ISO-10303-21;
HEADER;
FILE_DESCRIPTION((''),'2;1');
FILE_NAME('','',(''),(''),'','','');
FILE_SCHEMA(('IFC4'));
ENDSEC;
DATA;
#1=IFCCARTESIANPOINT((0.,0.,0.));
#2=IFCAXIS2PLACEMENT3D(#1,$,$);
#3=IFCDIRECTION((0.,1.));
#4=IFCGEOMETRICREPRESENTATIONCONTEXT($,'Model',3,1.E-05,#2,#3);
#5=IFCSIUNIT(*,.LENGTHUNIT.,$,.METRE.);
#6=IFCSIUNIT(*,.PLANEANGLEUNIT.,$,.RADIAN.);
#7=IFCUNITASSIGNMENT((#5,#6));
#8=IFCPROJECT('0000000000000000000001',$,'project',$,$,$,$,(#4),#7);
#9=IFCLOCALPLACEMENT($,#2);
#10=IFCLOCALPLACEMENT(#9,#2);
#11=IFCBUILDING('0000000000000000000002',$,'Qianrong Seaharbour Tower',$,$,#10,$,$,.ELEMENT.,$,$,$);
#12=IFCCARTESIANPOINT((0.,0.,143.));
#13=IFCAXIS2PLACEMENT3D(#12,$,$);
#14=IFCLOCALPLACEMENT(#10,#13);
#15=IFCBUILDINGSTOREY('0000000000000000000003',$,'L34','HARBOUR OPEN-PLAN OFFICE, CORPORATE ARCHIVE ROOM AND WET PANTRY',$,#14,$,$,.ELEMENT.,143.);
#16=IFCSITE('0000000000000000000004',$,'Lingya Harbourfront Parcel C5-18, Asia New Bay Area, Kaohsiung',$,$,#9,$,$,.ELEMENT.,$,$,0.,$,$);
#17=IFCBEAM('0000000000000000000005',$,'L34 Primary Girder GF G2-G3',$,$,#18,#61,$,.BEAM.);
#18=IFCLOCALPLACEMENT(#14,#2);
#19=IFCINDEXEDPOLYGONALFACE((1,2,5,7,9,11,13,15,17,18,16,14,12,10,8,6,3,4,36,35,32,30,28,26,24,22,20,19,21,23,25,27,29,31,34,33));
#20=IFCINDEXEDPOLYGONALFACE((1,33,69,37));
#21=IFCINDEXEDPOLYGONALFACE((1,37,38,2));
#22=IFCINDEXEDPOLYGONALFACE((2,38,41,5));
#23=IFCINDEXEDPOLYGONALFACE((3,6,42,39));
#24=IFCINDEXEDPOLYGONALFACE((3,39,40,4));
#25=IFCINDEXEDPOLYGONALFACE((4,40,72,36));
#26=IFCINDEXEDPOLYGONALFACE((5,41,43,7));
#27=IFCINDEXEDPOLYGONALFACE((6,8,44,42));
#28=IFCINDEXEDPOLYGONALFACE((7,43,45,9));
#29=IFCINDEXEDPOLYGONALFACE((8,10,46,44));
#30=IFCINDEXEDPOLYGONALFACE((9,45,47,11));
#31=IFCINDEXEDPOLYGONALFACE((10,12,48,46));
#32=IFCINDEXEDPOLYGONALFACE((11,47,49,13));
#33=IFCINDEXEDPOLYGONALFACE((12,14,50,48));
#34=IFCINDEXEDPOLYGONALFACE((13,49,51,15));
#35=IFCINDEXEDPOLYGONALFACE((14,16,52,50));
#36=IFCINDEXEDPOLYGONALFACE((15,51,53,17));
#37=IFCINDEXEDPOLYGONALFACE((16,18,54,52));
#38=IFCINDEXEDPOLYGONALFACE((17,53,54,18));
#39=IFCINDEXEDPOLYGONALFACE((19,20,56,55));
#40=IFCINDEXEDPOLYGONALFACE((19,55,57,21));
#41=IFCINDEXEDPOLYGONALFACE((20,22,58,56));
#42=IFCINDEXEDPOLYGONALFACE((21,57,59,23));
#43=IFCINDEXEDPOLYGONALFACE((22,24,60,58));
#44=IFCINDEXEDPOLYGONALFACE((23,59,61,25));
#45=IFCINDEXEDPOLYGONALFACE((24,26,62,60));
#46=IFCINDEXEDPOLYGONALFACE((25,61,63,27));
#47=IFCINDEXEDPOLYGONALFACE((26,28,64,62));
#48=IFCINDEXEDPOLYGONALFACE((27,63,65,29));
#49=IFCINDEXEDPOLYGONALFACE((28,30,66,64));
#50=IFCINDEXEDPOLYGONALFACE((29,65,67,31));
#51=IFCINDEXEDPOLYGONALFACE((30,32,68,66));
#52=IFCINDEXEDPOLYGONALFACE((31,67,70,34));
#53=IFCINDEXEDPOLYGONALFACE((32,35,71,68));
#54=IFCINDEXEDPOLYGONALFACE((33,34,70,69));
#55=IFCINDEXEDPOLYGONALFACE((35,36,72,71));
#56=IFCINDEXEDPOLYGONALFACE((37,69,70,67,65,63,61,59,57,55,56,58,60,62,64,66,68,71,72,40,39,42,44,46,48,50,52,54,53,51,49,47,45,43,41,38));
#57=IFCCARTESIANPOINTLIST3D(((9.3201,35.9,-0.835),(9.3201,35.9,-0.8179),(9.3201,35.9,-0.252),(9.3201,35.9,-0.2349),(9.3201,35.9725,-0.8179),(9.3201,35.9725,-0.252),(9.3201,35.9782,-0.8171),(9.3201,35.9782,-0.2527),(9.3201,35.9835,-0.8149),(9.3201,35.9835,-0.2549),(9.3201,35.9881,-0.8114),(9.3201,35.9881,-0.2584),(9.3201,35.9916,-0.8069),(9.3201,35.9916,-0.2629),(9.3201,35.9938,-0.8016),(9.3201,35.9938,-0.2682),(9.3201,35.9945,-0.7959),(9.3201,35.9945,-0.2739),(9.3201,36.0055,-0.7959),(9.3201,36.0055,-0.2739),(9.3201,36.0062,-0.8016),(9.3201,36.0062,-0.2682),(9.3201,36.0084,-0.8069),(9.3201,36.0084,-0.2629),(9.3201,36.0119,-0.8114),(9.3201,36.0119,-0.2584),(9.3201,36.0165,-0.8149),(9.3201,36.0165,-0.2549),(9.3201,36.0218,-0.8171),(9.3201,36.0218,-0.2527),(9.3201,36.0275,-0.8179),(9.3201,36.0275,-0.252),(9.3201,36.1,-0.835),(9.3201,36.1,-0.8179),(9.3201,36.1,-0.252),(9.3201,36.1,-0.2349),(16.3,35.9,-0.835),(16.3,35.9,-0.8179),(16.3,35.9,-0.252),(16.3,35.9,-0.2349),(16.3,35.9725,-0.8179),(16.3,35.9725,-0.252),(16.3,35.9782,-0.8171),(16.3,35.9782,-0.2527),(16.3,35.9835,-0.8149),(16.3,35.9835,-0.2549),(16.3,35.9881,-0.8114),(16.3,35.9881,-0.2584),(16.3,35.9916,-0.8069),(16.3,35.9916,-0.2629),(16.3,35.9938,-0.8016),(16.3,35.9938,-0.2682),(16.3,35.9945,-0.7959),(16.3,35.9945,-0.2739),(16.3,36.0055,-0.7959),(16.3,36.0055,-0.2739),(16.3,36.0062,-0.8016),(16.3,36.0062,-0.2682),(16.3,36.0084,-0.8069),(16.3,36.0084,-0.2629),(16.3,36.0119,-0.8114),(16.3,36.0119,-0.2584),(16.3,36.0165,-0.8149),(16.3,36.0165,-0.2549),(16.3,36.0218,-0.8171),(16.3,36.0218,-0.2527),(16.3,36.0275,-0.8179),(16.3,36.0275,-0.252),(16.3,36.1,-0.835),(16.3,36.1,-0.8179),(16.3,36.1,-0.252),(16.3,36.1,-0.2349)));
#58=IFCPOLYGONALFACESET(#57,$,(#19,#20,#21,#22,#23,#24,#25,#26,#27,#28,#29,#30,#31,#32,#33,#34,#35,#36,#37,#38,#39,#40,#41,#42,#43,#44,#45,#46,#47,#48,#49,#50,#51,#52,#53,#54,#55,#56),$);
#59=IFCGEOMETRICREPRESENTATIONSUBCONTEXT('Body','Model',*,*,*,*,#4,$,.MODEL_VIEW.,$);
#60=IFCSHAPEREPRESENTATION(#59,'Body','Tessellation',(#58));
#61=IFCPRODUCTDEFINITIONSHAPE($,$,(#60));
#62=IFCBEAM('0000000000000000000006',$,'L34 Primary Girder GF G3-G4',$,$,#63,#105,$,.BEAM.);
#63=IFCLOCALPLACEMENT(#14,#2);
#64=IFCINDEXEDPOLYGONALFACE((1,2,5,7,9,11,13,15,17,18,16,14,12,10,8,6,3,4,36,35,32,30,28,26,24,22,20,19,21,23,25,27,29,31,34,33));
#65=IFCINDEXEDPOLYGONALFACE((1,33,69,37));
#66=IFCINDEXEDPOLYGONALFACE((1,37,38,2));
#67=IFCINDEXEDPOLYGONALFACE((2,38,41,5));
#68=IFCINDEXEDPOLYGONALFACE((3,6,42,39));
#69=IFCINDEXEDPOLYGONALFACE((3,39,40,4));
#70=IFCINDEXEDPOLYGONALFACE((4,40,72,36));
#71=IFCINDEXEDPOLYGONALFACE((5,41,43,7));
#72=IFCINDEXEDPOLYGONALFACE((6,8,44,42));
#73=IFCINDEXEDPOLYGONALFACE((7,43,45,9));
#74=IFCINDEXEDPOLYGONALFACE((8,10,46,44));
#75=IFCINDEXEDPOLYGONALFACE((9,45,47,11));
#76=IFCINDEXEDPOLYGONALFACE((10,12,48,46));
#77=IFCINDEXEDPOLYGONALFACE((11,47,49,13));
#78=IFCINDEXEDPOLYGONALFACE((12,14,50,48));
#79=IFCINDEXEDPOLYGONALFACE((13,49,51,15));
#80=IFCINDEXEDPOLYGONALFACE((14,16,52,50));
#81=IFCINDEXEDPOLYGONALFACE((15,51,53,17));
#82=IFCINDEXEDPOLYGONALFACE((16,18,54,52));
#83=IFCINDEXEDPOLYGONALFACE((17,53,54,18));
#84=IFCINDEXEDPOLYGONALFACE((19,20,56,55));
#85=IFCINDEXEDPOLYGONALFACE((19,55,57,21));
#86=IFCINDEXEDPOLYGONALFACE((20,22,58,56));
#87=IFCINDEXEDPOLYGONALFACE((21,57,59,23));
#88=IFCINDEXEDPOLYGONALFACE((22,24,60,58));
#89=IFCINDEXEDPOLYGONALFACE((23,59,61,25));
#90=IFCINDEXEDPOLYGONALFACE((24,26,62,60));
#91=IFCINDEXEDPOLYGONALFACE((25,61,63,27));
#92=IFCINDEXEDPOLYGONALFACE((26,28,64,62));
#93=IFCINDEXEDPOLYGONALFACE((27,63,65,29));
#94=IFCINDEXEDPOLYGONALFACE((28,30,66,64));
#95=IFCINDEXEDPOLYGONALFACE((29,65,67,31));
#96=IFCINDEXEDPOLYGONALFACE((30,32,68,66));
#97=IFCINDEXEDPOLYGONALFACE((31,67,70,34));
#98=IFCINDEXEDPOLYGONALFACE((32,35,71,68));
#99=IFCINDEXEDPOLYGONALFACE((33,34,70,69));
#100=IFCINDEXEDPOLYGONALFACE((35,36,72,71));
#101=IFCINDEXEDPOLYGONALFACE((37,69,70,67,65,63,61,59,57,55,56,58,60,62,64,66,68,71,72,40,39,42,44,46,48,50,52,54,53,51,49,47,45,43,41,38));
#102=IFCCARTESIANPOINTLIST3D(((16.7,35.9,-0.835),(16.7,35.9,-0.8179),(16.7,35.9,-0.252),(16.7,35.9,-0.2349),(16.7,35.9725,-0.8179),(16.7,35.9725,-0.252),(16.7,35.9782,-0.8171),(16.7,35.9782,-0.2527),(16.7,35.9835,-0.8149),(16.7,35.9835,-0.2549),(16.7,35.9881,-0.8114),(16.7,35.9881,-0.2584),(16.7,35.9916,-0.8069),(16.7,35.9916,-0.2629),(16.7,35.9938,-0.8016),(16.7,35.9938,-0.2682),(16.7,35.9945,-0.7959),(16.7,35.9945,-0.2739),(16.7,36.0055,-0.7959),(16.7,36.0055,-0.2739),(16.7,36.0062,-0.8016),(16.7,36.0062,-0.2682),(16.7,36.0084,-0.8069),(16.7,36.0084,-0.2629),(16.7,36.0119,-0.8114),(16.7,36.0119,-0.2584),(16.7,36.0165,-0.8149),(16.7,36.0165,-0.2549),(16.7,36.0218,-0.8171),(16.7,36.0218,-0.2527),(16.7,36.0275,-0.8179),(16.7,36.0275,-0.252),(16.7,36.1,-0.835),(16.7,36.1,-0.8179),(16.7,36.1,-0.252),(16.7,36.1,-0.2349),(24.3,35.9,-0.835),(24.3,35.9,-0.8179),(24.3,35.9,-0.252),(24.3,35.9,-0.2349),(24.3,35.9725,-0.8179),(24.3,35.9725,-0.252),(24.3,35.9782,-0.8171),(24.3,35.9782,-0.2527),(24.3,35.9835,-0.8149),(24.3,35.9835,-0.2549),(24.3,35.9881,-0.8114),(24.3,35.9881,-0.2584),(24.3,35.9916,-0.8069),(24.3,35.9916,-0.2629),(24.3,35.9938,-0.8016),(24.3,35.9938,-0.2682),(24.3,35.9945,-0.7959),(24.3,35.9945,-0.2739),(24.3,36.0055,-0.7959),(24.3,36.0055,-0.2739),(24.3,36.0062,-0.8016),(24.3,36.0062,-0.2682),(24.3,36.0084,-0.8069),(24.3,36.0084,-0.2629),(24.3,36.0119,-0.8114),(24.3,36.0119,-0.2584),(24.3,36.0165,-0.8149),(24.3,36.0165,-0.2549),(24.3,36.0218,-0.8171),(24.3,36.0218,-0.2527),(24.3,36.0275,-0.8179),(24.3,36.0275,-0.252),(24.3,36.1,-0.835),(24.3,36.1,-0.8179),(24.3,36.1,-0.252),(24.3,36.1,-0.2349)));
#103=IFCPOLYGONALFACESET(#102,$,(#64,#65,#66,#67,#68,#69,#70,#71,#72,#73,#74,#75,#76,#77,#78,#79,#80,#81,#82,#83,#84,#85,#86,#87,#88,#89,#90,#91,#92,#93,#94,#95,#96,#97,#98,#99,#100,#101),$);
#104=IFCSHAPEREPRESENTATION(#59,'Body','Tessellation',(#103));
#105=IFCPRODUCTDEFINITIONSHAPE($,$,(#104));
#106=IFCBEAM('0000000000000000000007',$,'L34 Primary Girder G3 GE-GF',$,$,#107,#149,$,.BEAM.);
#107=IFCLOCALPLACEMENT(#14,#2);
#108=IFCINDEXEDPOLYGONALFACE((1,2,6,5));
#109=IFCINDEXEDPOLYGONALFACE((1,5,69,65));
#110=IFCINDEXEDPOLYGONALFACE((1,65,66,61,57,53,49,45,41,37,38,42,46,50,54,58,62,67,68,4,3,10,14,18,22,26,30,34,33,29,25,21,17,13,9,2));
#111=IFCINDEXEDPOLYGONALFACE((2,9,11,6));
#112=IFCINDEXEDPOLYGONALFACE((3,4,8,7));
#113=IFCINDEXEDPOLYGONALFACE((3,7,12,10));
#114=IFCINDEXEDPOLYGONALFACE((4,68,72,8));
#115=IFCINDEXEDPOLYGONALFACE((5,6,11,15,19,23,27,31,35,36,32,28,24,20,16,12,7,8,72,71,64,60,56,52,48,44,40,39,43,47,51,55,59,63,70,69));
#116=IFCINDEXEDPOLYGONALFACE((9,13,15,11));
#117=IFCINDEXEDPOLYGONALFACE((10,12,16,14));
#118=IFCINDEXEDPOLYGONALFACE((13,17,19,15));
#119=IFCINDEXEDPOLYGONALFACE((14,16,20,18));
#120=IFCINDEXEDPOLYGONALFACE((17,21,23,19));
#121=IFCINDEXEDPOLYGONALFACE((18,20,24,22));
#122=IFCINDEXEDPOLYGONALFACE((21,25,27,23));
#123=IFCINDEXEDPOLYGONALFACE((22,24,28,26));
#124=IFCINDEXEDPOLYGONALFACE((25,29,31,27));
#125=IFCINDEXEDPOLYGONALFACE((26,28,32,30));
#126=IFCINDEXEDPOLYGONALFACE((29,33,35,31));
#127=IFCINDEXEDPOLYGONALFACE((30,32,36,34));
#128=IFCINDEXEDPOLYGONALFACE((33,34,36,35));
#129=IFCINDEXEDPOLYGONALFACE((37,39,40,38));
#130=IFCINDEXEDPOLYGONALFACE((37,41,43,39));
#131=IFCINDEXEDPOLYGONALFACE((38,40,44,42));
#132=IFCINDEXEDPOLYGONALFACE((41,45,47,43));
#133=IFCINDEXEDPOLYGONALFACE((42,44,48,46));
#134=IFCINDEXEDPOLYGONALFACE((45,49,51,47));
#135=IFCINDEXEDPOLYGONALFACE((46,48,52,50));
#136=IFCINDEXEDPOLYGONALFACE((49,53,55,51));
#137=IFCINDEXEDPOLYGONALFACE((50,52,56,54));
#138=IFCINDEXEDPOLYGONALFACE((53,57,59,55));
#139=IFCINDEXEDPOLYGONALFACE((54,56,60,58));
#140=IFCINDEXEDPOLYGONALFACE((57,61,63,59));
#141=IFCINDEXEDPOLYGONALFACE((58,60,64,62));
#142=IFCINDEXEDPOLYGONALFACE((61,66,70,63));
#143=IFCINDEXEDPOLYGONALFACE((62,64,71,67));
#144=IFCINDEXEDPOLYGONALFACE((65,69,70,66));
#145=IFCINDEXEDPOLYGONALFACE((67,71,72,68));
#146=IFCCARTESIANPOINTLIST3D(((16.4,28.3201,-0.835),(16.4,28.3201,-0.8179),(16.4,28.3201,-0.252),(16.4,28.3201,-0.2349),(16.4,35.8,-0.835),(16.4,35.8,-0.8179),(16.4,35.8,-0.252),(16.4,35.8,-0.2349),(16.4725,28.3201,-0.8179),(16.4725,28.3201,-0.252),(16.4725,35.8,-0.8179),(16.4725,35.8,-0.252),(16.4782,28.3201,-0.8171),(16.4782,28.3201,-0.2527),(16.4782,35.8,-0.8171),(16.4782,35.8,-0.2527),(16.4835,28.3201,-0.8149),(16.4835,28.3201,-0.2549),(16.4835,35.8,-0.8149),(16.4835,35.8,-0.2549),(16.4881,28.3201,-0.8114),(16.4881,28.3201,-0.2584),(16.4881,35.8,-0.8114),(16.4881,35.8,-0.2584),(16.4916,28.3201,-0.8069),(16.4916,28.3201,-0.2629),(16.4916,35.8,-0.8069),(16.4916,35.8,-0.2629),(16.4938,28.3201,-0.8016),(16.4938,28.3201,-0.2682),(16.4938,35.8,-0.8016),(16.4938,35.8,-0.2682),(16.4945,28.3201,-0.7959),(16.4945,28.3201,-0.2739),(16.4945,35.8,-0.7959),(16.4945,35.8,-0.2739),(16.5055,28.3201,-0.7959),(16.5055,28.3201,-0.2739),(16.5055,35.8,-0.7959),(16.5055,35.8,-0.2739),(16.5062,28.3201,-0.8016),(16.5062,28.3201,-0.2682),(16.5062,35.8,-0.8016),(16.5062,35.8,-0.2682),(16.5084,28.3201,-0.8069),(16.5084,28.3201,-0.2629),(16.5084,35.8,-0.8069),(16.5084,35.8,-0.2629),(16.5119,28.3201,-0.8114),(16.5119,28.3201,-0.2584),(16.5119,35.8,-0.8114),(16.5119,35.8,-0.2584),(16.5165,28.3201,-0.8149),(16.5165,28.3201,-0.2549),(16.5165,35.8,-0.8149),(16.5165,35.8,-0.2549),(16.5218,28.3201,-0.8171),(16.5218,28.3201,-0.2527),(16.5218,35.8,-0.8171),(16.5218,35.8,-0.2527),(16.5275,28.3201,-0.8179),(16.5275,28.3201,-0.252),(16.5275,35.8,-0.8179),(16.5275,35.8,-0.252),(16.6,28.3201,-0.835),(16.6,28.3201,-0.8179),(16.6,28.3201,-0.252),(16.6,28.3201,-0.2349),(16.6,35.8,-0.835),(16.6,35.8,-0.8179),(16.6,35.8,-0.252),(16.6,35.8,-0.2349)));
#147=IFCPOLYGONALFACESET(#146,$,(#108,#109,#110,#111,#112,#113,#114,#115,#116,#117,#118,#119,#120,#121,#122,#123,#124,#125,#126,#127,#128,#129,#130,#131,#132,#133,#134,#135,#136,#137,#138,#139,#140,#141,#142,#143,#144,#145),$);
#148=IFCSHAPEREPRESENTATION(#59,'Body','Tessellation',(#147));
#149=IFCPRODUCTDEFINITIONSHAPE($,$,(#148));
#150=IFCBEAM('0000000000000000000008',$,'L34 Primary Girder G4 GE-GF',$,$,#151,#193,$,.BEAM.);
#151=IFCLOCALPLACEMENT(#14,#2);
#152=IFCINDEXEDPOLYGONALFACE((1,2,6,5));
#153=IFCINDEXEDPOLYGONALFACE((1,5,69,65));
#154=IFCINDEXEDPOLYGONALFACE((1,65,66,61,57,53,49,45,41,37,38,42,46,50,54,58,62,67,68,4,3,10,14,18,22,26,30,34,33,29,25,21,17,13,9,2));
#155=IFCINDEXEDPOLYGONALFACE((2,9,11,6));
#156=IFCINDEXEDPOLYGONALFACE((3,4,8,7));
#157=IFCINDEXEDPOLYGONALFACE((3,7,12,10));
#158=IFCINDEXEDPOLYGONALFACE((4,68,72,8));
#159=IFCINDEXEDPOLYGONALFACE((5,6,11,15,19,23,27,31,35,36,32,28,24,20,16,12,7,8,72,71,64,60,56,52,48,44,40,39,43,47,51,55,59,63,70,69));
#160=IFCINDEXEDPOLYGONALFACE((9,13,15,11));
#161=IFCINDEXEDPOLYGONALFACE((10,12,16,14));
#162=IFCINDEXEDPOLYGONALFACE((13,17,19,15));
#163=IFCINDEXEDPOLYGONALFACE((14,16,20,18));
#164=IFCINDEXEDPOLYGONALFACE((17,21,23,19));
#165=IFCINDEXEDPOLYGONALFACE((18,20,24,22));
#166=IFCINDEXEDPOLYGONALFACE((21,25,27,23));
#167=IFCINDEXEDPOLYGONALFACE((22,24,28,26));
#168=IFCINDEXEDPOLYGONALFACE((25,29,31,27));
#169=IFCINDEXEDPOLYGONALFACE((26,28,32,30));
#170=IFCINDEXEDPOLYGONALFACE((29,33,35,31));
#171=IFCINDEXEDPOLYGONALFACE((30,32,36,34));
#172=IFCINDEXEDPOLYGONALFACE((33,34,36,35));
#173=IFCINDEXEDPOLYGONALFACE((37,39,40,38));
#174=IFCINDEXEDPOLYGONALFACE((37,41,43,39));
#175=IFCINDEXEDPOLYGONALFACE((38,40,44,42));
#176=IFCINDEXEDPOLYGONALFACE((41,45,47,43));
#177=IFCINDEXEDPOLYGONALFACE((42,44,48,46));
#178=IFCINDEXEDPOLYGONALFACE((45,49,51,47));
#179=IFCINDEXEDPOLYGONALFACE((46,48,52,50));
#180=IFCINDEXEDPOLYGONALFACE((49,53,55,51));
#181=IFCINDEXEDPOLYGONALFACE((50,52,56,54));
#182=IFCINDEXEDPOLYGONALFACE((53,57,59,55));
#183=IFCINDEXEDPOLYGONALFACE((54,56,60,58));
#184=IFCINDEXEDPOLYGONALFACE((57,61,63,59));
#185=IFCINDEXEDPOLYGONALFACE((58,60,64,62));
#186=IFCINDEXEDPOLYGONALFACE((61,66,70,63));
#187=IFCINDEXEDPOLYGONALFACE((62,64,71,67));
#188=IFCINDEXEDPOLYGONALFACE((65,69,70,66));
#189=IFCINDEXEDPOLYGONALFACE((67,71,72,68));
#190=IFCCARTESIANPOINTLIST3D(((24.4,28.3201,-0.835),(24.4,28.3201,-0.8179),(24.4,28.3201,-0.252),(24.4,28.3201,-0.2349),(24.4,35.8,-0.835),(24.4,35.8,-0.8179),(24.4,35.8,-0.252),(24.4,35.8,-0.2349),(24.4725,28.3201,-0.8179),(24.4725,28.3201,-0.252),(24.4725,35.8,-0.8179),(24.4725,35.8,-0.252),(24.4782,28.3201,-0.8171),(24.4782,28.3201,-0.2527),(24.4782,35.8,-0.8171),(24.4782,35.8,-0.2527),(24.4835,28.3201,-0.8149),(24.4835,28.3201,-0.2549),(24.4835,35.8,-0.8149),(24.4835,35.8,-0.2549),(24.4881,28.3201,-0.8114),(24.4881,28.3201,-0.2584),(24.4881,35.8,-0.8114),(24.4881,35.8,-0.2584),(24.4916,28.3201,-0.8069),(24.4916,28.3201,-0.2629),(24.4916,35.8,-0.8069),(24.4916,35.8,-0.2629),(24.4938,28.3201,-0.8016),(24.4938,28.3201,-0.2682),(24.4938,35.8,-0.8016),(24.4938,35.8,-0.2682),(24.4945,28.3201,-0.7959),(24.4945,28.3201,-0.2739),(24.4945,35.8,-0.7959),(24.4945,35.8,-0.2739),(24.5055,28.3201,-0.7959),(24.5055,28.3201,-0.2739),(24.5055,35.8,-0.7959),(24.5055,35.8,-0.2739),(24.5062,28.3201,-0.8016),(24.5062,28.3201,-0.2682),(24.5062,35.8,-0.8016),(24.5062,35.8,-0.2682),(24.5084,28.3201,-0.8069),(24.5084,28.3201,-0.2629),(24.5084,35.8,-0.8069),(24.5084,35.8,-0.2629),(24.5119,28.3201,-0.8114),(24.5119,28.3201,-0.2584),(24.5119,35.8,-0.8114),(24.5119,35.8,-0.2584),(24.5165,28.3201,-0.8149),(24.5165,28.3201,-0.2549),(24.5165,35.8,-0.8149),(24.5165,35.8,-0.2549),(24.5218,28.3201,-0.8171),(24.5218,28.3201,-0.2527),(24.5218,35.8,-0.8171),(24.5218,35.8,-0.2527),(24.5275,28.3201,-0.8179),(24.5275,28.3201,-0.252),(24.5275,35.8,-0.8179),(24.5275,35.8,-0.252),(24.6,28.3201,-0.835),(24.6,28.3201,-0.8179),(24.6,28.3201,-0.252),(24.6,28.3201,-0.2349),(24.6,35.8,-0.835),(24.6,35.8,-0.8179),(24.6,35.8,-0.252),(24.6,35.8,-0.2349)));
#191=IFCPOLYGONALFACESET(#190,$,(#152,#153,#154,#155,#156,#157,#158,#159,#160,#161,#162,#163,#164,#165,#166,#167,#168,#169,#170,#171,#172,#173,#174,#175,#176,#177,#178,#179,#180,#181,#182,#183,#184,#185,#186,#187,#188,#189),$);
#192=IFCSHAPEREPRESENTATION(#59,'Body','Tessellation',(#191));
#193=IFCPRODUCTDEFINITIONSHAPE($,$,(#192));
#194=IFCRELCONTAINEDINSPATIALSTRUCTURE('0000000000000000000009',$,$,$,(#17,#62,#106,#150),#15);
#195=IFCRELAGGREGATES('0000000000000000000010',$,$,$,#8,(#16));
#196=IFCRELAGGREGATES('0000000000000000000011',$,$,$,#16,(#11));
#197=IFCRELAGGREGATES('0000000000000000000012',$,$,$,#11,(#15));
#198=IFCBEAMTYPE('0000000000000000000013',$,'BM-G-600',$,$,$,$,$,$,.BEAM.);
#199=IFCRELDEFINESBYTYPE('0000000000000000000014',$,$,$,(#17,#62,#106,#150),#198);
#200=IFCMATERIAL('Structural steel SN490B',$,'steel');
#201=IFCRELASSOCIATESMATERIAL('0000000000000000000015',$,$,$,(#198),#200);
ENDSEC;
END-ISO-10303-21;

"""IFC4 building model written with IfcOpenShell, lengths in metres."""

from ifc_helpers import new_model, si_unit, direction, frame, origin, origin_2d, place, context, subcontext, project, spatial, i_section, extrude, material, material_profile, profile_set, type_object, element, save


model = new_model("IFC4")

# Units and contexts
model_context = context("Model", 3, precision=1e-05, world=origin(), true_north=direction((0.0, 1.0)))
body_context = subcontext(model_context, "Body", "Model", "MODEL_VIEW")
ifc_project = project(units=[si_unit("LENGTHUNIT", "METRE"), si_unit("PLANEANGLEUNIT", "RADIAN")], contexts=[model_context])

# Site, building, storey
site_placement = place(None, origin())
site = spatial("IfcSite", under=ifc_project, at=site_placement, Name="Lingya Harbourfront Parcel C5-18, Asia New Bay Area, Kaohsiung", CompositionType="ELEMENT", RefElevation=0.0)
building_placement = place(site_placement, origin())
building = spatial("IfcBuilding", under=site, at=building_placement, Name="Qianrong Seaharbour Tower", CompositionType="ELEMENT")
storey_placement = place(building_placement, frame((0.0, 0.0, 143.0)))
storey = spatial("IfcBuildingStorey", under=building, at=storey_placement, Name="L34", Description="HARBOUR OPEN-PLAN OFFICE, CORPORATE ARCHIVE ROOM AND WET PANTRY", CompositionType="ELEMENT", Elevation=143.0)

# Shared definitions
ifc_material_1 = material(Name="Structural steel SN490B", Category="steel")

# Beams
ifc_material_profile_1 = material_profile(ifc_material_1, i_section(OverallWidth=0.2, OverallDepth=0.6001, WebThickness=0.011, FlangeThickness=0.0171, FilletRadius=0.022, at=origin_2d()), Name="H600x200x11x17")
ifc_profile_set_1 = profile_set([ifc_material_profile_1], Name="Structural steel SN490B")
beam_type_1 = type_object("IfcBeamType", Name="BM-G-600", PredefinedType="BEAM", material=ifc_profile_set_1)
beam_1_placement = place(storey_placement, frame((9.3201, 36.0, -0.5349), z_axis=(1.0, 0.0, 0.0), x_axis=(0.0, 1.0, 0.0)))
element("IfcBeam", 1, at=beam_1_placement, inside=storey, type_object=beam_type_1, Name="L34 Primary Girder GF G2-G3", PredefinedType="BEAM", context=body_context, shape_type="SweptSolid", body=[
    extrude(i_section(OverallWidth=0.2, OverallDepth=0.6001, WebThickness=0.011, FlangeThickness=0.0171, FilletRadius=0.022, at=origin_2d()), origin(), (0.0, 0.0, 1.0), 6.98),
])
beam_2_placement = place(storey_placement, frame((16.7, 36.0, -0.5349), z_axis=(1.0, 0.0, 0.0), x_axis=(0.0, 1.0, 0.0)))
element("IfcBeam", 2, at=beam_2_placement, inside=storey, type_object=beam_type_1, Name="L34 Primary Girder GF G3-G4", PredefinedType="BEAM", context=body_context, shape_type="SweptSolid", body=[
    extrude(i_section(OverallWidth=0.2, OverallDepth=0.6001, WebThickness=0.011, FlangeThickness=0.0171, FilletRadius=0.022, at=origin_2d()), origin(), (0.0, 0.0, 1.0), 7.6001),
])
for number, where, z_axis, x_axis, name in (
    (3, (16.5, 28.3201, -0.5349), (0.0, 1.0, 0.0), (-1.0, 0.0, 0.0), "L34 Primary Girder G3 GE-GF"),
    (4, (24.5, 28.3201, -0.5349), (0.0, 1.0, 0.0), (-1.0, 0.0, 0.0), "L34 Primary Girder G4 GE-GF"),
):
    element("IfcBeam", number, at=place(storey_placement, frame(where, z_axis=z_axis, x_axis=x_axis)), inside=storey, type_object=beam_type_1, Name=name, PredefinedType="BEAM", context=body_context, shape_type="SweptSolid", body=[
        extrude(i_section(OverallWidth=0.2, OverallDepth=0.6001, WebThickness=0.011, FlangeThickness=0.0171, FilletRadius=0.022, at=origin_2d()), origin(), (0.0, 0.0, 1.0), 7.48),
    ])

save(model, "model.ifc")
